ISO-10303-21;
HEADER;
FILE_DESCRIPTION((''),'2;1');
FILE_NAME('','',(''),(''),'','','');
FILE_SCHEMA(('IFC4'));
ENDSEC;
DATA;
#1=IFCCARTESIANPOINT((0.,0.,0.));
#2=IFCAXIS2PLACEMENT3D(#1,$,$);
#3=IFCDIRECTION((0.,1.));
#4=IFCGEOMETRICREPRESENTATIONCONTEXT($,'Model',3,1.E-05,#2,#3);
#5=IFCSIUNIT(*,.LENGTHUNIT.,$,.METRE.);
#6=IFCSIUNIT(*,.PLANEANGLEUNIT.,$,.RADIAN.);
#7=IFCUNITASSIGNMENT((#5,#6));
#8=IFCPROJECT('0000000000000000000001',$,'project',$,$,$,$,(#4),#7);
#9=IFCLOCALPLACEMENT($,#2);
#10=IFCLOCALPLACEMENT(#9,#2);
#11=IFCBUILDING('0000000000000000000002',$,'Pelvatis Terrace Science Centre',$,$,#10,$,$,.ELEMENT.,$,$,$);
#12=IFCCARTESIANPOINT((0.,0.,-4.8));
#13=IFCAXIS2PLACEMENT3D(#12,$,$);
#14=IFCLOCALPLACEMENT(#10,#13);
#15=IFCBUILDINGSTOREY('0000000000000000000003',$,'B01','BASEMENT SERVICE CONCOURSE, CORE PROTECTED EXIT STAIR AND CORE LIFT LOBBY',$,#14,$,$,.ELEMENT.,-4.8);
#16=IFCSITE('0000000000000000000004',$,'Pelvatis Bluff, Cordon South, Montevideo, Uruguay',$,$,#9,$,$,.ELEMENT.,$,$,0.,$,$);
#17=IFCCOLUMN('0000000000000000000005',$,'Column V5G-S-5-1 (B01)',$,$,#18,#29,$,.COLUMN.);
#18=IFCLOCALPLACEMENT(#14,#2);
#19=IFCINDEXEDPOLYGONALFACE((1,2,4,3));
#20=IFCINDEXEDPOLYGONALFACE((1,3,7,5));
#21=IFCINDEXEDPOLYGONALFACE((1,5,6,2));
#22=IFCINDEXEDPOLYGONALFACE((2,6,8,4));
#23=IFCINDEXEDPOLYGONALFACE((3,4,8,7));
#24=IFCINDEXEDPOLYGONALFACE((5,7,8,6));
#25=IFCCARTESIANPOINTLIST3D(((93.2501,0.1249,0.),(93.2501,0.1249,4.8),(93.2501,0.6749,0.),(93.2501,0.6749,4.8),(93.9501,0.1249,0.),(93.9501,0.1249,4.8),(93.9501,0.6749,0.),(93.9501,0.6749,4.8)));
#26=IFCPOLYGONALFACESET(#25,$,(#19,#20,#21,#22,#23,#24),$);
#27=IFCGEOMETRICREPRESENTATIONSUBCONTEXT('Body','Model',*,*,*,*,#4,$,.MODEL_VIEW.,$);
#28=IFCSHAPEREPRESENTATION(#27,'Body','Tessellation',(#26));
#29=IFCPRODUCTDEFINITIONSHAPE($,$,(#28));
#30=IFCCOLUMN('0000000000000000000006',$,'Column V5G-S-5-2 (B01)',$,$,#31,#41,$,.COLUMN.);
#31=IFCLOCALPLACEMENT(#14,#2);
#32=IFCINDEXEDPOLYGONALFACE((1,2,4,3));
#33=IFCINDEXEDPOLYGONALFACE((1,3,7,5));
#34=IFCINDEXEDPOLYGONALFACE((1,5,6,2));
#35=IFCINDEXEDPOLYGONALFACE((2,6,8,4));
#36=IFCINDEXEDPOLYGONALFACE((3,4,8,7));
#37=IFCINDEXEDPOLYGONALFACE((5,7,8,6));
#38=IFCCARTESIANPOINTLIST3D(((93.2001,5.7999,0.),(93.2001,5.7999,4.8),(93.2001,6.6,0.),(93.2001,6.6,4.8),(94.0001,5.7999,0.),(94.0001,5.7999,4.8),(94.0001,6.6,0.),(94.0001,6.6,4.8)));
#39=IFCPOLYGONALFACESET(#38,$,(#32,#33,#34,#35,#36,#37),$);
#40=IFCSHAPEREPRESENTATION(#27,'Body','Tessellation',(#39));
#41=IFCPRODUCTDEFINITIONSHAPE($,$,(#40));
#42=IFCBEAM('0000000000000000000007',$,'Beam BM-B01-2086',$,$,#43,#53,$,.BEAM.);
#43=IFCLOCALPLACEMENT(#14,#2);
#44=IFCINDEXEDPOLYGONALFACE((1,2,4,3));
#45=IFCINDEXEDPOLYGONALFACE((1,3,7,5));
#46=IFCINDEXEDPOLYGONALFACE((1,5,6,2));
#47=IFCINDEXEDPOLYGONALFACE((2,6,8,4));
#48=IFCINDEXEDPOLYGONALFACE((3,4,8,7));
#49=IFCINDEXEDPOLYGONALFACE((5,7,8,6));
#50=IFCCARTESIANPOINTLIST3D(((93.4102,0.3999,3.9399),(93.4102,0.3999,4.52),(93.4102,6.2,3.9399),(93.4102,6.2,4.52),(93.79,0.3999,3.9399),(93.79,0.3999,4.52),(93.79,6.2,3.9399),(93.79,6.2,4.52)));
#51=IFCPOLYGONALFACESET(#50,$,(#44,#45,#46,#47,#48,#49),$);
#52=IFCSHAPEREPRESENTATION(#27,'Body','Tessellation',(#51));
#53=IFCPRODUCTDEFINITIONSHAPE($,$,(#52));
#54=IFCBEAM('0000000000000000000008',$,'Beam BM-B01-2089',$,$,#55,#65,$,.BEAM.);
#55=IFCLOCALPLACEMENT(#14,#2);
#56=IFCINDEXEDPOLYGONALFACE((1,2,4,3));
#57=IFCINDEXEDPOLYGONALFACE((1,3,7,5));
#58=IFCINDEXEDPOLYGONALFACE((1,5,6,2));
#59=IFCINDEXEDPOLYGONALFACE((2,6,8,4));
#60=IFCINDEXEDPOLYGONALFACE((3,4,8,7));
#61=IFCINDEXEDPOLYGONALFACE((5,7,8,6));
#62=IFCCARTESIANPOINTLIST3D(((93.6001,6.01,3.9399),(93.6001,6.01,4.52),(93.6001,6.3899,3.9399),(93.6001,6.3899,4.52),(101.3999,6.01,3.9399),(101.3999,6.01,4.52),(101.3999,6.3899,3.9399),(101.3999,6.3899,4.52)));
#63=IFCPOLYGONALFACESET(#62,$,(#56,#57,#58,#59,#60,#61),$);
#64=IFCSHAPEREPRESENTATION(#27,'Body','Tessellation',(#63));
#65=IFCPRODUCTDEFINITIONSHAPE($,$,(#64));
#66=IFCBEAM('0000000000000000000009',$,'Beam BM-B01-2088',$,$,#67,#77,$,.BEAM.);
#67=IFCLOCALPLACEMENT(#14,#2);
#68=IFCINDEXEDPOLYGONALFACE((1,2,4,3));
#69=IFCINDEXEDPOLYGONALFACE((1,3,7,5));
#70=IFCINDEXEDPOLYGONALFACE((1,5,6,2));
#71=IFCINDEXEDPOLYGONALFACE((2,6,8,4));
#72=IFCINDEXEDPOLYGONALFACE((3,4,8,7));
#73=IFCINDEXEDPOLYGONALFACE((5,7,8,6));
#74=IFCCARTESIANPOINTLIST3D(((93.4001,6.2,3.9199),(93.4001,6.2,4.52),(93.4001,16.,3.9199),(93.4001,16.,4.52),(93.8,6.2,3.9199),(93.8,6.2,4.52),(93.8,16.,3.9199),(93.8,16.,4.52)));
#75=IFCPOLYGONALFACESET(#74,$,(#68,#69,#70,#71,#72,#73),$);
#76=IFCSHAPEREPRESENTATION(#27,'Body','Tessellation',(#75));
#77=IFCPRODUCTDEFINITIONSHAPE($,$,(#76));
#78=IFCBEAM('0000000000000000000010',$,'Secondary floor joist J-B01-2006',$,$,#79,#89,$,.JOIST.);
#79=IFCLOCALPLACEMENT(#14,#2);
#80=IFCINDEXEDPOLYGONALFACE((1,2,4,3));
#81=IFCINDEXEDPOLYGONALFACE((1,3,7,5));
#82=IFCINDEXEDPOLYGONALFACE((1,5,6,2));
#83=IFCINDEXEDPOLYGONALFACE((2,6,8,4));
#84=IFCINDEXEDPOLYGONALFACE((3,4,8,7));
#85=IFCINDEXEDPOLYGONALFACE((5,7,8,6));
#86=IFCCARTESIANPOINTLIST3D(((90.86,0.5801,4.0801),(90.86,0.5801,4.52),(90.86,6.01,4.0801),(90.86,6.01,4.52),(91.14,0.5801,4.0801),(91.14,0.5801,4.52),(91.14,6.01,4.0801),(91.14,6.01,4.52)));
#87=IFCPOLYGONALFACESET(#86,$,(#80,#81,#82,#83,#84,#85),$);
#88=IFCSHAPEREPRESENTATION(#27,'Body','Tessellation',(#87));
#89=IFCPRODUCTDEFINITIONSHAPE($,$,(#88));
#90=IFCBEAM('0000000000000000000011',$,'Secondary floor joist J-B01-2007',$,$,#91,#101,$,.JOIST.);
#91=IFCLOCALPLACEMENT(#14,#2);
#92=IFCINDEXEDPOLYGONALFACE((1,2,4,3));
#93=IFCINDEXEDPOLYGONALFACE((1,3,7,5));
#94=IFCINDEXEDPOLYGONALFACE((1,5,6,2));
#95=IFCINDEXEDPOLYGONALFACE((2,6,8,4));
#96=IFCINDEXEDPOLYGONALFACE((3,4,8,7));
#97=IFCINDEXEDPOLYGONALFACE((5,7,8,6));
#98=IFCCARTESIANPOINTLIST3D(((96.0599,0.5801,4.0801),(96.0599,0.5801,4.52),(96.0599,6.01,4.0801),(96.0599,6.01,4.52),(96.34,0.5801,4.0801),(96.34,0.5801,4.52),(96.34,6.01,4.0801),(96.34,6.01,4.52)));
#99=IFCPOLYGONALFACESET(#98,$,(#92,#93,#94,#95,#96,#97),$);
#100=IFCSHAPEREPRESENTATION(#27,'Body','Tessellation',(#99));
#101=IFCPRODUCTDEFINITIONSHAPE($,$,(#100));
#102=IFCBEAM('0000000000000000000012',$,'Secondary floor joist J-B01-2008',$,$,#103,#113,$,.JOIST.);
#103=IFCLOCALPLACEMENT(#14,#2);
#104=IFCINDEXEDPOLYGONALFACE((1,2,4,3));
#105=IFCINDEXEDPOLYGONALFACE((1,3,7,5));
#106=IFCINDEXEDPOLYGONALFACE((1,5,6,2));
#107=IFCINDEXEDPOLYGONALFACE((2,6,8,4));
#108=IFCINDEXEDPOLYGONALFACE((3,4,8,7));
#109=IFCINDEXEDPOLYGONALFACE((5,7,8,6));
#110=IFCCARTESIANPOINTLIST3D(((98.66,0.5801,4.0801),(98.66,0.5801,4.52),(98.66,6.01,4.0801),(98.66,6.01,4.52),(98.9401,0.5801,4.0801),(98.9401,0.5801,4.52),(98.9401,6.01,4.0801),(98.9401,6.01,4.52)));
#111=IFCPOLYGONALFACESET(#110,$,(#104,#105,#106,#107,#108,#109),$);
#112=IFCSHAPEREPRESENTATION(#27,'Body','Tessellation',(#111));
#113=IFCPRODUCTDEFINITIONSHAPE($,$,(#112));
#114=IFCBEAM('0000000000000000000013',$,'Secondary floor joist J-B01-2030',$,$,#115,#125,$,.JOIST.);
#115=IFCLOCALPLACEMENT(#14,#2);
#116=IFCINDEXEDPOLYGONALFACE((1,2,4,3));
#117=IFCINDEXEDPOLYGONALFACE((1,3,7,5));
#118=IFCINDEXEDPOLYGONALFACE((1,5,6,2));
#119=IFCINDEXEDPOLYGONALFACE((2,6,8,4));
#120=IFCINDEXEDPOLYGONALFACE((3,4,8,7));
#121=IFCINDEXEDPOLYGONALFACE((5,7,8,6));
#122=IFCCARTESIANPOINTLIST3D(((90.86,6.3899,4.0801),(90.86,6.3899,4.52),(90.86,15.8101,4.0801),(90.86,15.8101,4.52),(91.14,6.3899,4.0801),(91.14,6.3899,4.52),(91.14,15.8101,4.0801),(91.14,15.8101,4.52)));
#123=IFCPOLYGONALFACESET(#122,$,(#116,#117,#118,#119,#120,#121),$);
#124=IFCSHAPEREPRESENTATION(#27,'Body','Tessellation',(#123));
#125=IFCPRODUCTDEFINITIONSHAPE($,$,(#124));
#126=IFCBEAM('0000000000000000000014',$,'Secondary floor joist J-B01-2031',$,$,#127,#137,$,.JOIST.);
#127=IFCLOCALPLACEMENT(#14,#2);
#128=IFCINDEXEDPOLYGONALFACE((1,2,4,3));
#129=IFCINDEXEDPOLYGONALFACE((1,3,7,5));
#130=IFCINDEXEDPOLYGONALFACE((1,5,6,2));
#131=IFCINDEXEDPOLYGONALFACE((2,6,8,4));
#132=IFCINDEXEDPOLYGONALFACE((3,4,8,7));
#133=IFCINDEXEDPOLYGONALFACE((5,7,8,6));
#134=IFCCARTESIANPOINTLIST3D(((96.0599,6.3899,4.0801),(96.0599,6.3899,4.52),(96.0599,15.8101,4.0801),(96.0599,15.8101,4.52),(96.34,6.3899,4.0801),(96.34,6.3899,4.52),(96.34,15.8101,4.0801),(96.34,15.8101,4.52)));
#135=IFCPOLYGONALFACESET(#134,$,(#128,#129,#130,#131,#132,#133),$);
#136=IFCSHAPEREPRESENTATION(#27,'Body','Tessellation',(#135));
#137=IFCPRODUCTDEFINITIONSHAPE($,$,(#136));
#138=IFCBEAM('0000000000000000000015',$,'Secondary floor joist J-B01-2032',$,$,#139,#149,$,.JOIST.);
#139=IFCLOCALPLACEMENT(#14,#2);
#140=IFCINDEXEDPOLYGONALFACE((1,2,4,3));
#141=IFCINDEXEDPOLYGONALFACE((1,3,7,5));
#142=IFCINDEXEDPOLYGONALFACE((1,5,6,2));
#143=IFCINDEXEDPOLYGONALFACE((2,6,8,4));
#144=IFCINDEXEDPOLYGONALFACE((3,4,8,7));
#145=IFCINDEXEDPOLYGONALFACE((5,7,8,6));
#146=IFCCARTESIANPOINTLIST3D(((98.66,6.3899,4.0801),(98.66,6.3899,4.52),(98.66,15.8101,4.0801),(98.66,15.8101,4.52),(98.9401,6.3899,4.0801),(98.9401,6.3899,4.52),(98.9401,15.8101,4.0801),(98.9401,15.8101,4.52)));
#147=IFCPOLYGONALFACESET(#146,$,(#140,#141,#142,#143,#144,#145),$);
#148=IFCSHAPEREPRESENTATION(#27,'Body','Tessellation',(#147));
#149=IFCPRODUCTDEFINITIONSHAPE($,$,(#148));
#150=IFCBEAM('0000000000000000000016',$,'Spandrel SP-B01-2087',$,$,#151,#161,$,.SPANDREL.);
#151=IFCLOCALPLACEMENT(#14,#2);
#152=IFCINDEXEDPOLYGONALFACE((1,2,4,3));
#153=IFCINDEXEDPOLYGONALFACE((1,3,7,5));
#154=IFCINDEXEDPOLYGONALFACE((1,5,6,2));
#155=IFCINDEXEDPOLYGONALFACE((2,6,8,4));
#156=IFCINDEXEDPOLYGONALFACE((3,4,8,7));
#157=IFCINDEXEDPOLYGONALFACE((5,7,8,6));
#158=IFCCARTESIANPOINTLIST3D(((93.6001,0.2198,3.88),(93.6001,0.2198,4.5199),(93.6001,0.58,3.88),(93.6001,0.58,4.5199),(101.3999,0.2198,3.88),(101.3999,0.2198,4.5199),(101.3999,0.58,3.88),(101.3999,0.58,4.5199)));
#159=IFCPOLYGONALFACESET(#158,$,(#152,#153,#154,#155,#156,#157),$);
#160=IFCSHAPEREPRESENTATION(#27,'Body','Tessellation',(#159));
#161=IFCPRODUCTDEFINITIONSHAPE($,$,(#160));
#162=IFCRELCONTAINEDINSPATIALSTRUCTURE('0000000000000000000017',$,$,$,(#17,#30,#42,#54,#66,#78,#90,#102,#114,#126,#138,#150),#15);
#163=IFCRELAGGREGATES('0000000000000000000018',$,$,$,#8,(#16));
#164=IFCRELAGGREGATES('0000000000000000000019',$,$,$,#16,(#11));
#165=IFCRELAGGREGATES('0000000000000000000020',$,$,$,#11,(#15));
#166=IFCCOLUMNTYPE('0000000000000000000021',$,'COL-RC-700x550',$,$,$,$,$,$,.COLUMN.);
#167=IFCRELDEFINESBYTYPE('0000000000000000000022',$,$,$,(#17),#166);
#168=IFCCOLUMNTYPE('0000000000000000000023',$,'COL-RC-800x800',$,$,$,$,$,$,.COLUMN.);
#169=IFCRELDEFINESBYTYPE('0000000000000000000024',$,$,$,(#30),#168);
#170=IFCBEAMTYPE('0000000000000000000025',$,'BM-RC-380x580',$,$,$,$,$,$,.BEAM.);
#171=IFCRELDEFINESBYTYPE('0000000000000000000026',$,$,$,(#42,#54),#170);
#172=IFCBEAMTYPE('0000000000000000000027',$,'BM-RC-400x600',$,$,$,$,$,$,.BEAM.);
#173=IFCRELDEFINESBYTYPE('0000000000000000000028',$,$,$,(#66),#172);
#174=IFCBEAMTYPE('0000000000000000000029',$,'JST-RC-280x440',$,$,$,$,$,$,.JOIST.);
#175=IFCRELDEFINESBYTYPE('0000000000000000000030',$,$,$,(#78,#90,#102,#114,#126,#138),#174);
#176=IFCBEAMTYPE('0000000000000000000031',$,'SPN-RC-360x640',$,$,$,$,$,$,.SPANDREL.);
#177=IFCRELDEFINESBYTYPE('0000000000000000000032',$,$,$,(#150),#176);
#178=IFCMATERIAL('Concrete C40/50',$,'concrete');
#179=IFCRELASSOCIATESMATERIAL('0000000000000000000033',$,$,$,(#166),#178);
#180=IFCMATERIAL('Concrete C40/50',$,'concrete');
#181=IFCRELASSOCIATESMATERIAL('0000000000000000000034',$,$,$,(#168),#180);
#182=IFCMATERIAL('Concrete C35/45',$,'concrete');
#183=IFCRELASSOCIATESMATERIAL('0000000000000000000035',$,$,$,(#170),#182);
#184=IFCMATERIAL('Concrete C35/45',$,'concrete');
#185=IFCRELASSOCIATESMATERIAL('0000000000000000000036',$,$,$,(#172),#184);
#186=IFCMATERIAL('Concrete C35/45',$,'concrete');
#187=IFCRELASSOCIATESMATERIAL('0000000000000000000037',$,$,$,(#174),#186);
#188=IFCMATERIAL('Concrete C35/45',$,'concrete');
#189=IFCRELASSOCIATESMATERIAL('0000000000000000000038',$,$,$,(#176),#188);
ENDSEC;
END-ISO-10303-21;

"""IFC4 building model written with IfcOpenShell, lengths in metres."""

from ifc_helpers import new_model, si_unit, direction, frame, origin, origin_2d, place, context, subcontext, project, spatial, rectangle, extrude, material, material_profile, profile_set, type_object, element, save


model = new_model("IFC4")

# Units and contexts
model_context = context("Model", 3, precision=1e-05, world=origin(), true_north=direction((0.0, 1.0)))
body_context = subcontext(model_context, "Body", "Model", "MODEL_VIEW")
ifc_project = project(units=[si_unit("LENGTHUNIT", "METRE"), si_unit("PLANEANGLEUNIT", "RADIAN")], contexts=[model_context])

# Site, building, storey
site_placement = place(None, origin())
site = spatial("IfcSite", under=ifc_project, at=site_placement, Name="Pelvatis Bluff, Cordon South, Montevideo, Uruguay", CompositionType="ELEMENT", RefElevation=0.0)
building_placement = place(site_placement, origin())
building = spatial("IfcBuilding", under=site, at=building_placement, Name="Pelvatis Terrace Science Centre", CompositionType="ELEMENT")
storey_placement = place(building_placement, frame((0.0, 0.0, -4.8)))
storey = spatial("IfcBuildingStorey", under=building, at=storey_placement, Name="B01", Description="BASEMENT SERVICE CONCOURSE, CORE PROTECTED EXIT STAIR AND CORE LIFT LOBBY", CompositionType="ELEMENT", Elevation=-4.8)

# Columns
ifc_material_1 = material(Name="Concrete C40/50", Category="concrete")
ifc_material_profile_1 = material_profile(ifc_material_1, rectangle(XDim=0.7, YDim=0.55, at=origin_2d()), Name="RC-COL 700x550")
ifc_profile_set_1 = profile_set([ifc_material_profile_1], Name="Concrete C40/50")
column_type_1 = type_object("IfcColumnType", Name="COL-RC-700x550", PredefinedType="COLUMN", material=ifc_profile_set_1)
column_1_placement = place(storey_placement, frame((93.6001, 0.3999, 0.0), z_axis=(0.0, 0.0, 1.0), x_axis=(1.0, 0.0, 0.0)))
element("IfcColumn", 1, at=column_1_placement, inside=storey, type_object=column_type_1, Name="Column V5G-S-5-1 (B01)", PredefinedType="COLUMN", context=body_context, shape_type="SweptSolid", body=[
    extrude(rectangle(XDim=0.7, YDim=0.55, at=origin_2d()), origin(), (0.0, 0.0, 1.0), 4.8),
])
ifc_material_2 = material(Name="Concrete C40/50", Category="concrete")
ifc_material_profile_2 = material_profile(ifc_material_2, rectangle(XDim=0.8, YDim=0.8, at=origin_2d()), Name="RC-COL 800x800")
ifc_profile_set_2 = profile_set([ifc_material_profile_2], Name="Concrete C40/50")
column_type_2 = type_object("IfcColumnType", Name="COL-RC-800x800", PredefinedType="COLUMN", material=ifc_profile_set_2)
column_2_placement = place(storey_placement, frame((93.6001, 6.2, 0.0), z_axis=(0.0, 0.0, 1.0), x_axis=(1.0, 0.0, 0.0)))
element("IfcColumn", 2, at=column_2_placement, inside=storey, type_object=column_type_2, Name="Column V5G-S-5-2 (B01)", PredefinedType="COLUMN", context=body_context, shape_type="SweptSolid", body=[
    extrude(rectangle(XDim=0.8, YDim=0.8, at=origin_2d()), origin(), (0.0, 0.0, 1.0), 4.8),
])

# Beams
ifc_material_3 = material(Name="Concrete C35/45", Category="concrete")
ifc_material_profile_3 = material_profile(ifc_material_3, rectangle(XDim=0.3799, YDim=0.5801, at=origin_2d()), Name="RC-BM 380x580")
ifc_profile_set_3 = profile_set([ifc_material_profile_3], Name="Concrete C35/45")
beam_type_1 = type_object("IfcBeamType", Name="BM-RC-380x580", PredefinedType="BEAM", material=ifc_profile_set_3)
beam_1_placement = place(storey_placement, frame((93.6001, 0.3999, 4.23), z_axis=(0.0, 1.0, 0.0), x_axis=(-1.0, 0.0, 0.0)))
element("IfcBeam", 3, at=beam_1_placement, inside=storey, type_object=beam_type_1, Name="Beam BM-B01-2086", PredefinedType="BEAM", context=body_context, shape_type="SweptSolid", body=[
    extrude(rectangle(XDim=0.3799, YDim=0.5801, at=origin_2d()), origin(), (0.0, 0.0, 1.0), 5.8),
])
beam_2_placement = place(storey_placement, frame((93.6001, 6.2, 4.23), z_axis=(1.0, 0.0, 0.0), x_axis=(0.0, 1.0, 0.0)))
element("IfcBeam", 4, at=beam_2_placement, inside=storey, type_object=beam_type_1, Name="Beam BM-B01-2089", PredefinedType="BEAM", context=body_context, shape_type="SweptSolid", body=[
    extrude(rectangle(XDim=0.3799, YDim=0.5801, at=origin_2d()), origin(), (0.0, 0.0, 1.0), 7.7998),
])
ifc_material_4 = material(Name="Concrete C35/45", Category="concrete")
ifc_material_profile_4 = material_profile(ifc_material_4, rectangle(XDim=0.3999, YDim=0.6001, at=origin_2d()), Name="RC-BM 400x600")
ifc_profile_set_4 = profile_set([ifc_material_profile_4], Name="Concrete C35/45")
beam_type_2 = type_object("IfcBeamType", Name="BM-RC-400x600", PredefinedType="BEAM", material=ifc_profile_set_4)
beam_3_placement = place(storey_placement, frame((93.6001, 6.2, 4.22), z_axis=(0.0, 1.0, 0.0), x_axis=(-1.0, 0.0, 0.0)))
element("IfcBeam", 5, at=beam_3_placement, inside=storey, type_object=beam_type_2, Name="Beam BM-B01-2088", PredefinedType="BEAM", context=body_context, shape_type="SweptSolid", body=[
    extrude(rectangle(XDim=0.3999, YDim=0.6001, at=origin_2d()), origin(), (0.0, 0.0, 1.0), 9.8),
])
ifc_material_5 = material(Name="Concrete C35/45", Category="concrete")
ifc_material_profile_5 = material_profile(ifc_material_5, rectangle(XDim=0.28, YDim=0.4399, at=origin_2d()), Name="RC-JST 280x440")
ifc_profile_set_5 = profile_set([ifc_material_profile_5], Name="Concrete C35/45")
beam_type_3 = type_object("IfcBeamType", Name="JST-RC-280x440", PredefinedType="JOIST", material=ifc_profile_set_5)
for number, where, z_axis, x_axis, name in (
    (6, (91.0, 0.5801, 4.3), (0.0, 1.0, 0.0), (-1.0, 0.0, 0.0), "Secondary floor joist J-B01-2006"),
    (7, (96.2, 0.5801, 4.3), (0.0, 1.0, 0.0), (-1.0, 0.0, 0.0), "Secondary floor joist J-B01-2007"),
    (8, (98.8, 0.5801, 4.3), (0.0, 1.0, 0.0), (-1.0, 0.0, 0.0), "Secondary floor joist J-B01-2008"),
):
    element("IfcBeam", number, at=place(storey_placement, frame(where, z_axis=z_axis, x_axis=x_axis)), inside=storey, type_object=beam_type_3, Name=name, PredefinedType="JOIST", context=body_context, shape_type="SweptSolid", body=[
        extrude(rectangle(XDim=0.28, YDim=0.4399, at=origin_2d()), origin(), (0.0, 0.0, 1.0), 5.4299),
    ])
for number, where, z_axis, x_axis, name in (
    (9, (91.0, 6.3899, 4.3), (0.0, 1.0, 0.0), (-1.0, 0.0, 0.0), "Secondary floor joist J-B01-2030"),
    (10, (96.2, 6.3899, 4.3), (0.0, 1.0, 0.0), (-1.0, 0.0, 0.0), "Secondary floor joist J-B01-2031"),
    (11, (98.8, 6.3899, 4.3), (0.0, 1.0, 0.0), (-1.0, 0.0, 0.0), "Secondary floor joist J-B01-2032"),
):
    element("IfcBeam", number, at=place(storey_placement, frame(where, z_axis=z_axis, x_axis=x_axis)), inside=storey, type_object=beam_type_3, Name=name, PredefinedType="JOIST", context=body_context, shape_type="SweptSolid", body=[
        extrude(rectangle(XDim=0.28, YDim=0.4399, at=origin_2d()), origin(), (0.0, 0.0, 1.0), 9.4202),
    ])
ifc_material_6 = material(Name="Concrete C35/45", Category="concrete")
ifc_material_profile_6 = material_profile(ifc_material_6, rectangle(XDim=0.3601, YDim=0.6399, at=origin_2d()), Name="RC-SPN 360x640")
ifc_profile_set_6 = profile_set([ifc_material_profile_6], Name="Concrete C35/45")
beam_type_4 = type_object("IfcBeamType", Name="SPN-RC-360x640", PredefinedType="SPANDREL", material=ifc_profile_set_6)
beam_4_placement = place(storey_placement, frame((93.6001, 0.3999, 4.2), z_axis=(1.0, 0.0, 0.0), x_axis=(0.0, 1.0, 0.0)))
element("IfcBeam", 12, at=beam_4_placement, inside=storey, type_object=beam_type_4, Name="Spandrel SP-B01-2087", PredefinedType="SPANDREL", context=body_context, shape_type="SweptSolid", body=[
    extrude(rectangle(XDim=0.3601, YDim=0.6399, at=origin_2d()), origin(), (0.0, 0.0, 1.0), 7.7998),
])

save(model, "model.ifc")
